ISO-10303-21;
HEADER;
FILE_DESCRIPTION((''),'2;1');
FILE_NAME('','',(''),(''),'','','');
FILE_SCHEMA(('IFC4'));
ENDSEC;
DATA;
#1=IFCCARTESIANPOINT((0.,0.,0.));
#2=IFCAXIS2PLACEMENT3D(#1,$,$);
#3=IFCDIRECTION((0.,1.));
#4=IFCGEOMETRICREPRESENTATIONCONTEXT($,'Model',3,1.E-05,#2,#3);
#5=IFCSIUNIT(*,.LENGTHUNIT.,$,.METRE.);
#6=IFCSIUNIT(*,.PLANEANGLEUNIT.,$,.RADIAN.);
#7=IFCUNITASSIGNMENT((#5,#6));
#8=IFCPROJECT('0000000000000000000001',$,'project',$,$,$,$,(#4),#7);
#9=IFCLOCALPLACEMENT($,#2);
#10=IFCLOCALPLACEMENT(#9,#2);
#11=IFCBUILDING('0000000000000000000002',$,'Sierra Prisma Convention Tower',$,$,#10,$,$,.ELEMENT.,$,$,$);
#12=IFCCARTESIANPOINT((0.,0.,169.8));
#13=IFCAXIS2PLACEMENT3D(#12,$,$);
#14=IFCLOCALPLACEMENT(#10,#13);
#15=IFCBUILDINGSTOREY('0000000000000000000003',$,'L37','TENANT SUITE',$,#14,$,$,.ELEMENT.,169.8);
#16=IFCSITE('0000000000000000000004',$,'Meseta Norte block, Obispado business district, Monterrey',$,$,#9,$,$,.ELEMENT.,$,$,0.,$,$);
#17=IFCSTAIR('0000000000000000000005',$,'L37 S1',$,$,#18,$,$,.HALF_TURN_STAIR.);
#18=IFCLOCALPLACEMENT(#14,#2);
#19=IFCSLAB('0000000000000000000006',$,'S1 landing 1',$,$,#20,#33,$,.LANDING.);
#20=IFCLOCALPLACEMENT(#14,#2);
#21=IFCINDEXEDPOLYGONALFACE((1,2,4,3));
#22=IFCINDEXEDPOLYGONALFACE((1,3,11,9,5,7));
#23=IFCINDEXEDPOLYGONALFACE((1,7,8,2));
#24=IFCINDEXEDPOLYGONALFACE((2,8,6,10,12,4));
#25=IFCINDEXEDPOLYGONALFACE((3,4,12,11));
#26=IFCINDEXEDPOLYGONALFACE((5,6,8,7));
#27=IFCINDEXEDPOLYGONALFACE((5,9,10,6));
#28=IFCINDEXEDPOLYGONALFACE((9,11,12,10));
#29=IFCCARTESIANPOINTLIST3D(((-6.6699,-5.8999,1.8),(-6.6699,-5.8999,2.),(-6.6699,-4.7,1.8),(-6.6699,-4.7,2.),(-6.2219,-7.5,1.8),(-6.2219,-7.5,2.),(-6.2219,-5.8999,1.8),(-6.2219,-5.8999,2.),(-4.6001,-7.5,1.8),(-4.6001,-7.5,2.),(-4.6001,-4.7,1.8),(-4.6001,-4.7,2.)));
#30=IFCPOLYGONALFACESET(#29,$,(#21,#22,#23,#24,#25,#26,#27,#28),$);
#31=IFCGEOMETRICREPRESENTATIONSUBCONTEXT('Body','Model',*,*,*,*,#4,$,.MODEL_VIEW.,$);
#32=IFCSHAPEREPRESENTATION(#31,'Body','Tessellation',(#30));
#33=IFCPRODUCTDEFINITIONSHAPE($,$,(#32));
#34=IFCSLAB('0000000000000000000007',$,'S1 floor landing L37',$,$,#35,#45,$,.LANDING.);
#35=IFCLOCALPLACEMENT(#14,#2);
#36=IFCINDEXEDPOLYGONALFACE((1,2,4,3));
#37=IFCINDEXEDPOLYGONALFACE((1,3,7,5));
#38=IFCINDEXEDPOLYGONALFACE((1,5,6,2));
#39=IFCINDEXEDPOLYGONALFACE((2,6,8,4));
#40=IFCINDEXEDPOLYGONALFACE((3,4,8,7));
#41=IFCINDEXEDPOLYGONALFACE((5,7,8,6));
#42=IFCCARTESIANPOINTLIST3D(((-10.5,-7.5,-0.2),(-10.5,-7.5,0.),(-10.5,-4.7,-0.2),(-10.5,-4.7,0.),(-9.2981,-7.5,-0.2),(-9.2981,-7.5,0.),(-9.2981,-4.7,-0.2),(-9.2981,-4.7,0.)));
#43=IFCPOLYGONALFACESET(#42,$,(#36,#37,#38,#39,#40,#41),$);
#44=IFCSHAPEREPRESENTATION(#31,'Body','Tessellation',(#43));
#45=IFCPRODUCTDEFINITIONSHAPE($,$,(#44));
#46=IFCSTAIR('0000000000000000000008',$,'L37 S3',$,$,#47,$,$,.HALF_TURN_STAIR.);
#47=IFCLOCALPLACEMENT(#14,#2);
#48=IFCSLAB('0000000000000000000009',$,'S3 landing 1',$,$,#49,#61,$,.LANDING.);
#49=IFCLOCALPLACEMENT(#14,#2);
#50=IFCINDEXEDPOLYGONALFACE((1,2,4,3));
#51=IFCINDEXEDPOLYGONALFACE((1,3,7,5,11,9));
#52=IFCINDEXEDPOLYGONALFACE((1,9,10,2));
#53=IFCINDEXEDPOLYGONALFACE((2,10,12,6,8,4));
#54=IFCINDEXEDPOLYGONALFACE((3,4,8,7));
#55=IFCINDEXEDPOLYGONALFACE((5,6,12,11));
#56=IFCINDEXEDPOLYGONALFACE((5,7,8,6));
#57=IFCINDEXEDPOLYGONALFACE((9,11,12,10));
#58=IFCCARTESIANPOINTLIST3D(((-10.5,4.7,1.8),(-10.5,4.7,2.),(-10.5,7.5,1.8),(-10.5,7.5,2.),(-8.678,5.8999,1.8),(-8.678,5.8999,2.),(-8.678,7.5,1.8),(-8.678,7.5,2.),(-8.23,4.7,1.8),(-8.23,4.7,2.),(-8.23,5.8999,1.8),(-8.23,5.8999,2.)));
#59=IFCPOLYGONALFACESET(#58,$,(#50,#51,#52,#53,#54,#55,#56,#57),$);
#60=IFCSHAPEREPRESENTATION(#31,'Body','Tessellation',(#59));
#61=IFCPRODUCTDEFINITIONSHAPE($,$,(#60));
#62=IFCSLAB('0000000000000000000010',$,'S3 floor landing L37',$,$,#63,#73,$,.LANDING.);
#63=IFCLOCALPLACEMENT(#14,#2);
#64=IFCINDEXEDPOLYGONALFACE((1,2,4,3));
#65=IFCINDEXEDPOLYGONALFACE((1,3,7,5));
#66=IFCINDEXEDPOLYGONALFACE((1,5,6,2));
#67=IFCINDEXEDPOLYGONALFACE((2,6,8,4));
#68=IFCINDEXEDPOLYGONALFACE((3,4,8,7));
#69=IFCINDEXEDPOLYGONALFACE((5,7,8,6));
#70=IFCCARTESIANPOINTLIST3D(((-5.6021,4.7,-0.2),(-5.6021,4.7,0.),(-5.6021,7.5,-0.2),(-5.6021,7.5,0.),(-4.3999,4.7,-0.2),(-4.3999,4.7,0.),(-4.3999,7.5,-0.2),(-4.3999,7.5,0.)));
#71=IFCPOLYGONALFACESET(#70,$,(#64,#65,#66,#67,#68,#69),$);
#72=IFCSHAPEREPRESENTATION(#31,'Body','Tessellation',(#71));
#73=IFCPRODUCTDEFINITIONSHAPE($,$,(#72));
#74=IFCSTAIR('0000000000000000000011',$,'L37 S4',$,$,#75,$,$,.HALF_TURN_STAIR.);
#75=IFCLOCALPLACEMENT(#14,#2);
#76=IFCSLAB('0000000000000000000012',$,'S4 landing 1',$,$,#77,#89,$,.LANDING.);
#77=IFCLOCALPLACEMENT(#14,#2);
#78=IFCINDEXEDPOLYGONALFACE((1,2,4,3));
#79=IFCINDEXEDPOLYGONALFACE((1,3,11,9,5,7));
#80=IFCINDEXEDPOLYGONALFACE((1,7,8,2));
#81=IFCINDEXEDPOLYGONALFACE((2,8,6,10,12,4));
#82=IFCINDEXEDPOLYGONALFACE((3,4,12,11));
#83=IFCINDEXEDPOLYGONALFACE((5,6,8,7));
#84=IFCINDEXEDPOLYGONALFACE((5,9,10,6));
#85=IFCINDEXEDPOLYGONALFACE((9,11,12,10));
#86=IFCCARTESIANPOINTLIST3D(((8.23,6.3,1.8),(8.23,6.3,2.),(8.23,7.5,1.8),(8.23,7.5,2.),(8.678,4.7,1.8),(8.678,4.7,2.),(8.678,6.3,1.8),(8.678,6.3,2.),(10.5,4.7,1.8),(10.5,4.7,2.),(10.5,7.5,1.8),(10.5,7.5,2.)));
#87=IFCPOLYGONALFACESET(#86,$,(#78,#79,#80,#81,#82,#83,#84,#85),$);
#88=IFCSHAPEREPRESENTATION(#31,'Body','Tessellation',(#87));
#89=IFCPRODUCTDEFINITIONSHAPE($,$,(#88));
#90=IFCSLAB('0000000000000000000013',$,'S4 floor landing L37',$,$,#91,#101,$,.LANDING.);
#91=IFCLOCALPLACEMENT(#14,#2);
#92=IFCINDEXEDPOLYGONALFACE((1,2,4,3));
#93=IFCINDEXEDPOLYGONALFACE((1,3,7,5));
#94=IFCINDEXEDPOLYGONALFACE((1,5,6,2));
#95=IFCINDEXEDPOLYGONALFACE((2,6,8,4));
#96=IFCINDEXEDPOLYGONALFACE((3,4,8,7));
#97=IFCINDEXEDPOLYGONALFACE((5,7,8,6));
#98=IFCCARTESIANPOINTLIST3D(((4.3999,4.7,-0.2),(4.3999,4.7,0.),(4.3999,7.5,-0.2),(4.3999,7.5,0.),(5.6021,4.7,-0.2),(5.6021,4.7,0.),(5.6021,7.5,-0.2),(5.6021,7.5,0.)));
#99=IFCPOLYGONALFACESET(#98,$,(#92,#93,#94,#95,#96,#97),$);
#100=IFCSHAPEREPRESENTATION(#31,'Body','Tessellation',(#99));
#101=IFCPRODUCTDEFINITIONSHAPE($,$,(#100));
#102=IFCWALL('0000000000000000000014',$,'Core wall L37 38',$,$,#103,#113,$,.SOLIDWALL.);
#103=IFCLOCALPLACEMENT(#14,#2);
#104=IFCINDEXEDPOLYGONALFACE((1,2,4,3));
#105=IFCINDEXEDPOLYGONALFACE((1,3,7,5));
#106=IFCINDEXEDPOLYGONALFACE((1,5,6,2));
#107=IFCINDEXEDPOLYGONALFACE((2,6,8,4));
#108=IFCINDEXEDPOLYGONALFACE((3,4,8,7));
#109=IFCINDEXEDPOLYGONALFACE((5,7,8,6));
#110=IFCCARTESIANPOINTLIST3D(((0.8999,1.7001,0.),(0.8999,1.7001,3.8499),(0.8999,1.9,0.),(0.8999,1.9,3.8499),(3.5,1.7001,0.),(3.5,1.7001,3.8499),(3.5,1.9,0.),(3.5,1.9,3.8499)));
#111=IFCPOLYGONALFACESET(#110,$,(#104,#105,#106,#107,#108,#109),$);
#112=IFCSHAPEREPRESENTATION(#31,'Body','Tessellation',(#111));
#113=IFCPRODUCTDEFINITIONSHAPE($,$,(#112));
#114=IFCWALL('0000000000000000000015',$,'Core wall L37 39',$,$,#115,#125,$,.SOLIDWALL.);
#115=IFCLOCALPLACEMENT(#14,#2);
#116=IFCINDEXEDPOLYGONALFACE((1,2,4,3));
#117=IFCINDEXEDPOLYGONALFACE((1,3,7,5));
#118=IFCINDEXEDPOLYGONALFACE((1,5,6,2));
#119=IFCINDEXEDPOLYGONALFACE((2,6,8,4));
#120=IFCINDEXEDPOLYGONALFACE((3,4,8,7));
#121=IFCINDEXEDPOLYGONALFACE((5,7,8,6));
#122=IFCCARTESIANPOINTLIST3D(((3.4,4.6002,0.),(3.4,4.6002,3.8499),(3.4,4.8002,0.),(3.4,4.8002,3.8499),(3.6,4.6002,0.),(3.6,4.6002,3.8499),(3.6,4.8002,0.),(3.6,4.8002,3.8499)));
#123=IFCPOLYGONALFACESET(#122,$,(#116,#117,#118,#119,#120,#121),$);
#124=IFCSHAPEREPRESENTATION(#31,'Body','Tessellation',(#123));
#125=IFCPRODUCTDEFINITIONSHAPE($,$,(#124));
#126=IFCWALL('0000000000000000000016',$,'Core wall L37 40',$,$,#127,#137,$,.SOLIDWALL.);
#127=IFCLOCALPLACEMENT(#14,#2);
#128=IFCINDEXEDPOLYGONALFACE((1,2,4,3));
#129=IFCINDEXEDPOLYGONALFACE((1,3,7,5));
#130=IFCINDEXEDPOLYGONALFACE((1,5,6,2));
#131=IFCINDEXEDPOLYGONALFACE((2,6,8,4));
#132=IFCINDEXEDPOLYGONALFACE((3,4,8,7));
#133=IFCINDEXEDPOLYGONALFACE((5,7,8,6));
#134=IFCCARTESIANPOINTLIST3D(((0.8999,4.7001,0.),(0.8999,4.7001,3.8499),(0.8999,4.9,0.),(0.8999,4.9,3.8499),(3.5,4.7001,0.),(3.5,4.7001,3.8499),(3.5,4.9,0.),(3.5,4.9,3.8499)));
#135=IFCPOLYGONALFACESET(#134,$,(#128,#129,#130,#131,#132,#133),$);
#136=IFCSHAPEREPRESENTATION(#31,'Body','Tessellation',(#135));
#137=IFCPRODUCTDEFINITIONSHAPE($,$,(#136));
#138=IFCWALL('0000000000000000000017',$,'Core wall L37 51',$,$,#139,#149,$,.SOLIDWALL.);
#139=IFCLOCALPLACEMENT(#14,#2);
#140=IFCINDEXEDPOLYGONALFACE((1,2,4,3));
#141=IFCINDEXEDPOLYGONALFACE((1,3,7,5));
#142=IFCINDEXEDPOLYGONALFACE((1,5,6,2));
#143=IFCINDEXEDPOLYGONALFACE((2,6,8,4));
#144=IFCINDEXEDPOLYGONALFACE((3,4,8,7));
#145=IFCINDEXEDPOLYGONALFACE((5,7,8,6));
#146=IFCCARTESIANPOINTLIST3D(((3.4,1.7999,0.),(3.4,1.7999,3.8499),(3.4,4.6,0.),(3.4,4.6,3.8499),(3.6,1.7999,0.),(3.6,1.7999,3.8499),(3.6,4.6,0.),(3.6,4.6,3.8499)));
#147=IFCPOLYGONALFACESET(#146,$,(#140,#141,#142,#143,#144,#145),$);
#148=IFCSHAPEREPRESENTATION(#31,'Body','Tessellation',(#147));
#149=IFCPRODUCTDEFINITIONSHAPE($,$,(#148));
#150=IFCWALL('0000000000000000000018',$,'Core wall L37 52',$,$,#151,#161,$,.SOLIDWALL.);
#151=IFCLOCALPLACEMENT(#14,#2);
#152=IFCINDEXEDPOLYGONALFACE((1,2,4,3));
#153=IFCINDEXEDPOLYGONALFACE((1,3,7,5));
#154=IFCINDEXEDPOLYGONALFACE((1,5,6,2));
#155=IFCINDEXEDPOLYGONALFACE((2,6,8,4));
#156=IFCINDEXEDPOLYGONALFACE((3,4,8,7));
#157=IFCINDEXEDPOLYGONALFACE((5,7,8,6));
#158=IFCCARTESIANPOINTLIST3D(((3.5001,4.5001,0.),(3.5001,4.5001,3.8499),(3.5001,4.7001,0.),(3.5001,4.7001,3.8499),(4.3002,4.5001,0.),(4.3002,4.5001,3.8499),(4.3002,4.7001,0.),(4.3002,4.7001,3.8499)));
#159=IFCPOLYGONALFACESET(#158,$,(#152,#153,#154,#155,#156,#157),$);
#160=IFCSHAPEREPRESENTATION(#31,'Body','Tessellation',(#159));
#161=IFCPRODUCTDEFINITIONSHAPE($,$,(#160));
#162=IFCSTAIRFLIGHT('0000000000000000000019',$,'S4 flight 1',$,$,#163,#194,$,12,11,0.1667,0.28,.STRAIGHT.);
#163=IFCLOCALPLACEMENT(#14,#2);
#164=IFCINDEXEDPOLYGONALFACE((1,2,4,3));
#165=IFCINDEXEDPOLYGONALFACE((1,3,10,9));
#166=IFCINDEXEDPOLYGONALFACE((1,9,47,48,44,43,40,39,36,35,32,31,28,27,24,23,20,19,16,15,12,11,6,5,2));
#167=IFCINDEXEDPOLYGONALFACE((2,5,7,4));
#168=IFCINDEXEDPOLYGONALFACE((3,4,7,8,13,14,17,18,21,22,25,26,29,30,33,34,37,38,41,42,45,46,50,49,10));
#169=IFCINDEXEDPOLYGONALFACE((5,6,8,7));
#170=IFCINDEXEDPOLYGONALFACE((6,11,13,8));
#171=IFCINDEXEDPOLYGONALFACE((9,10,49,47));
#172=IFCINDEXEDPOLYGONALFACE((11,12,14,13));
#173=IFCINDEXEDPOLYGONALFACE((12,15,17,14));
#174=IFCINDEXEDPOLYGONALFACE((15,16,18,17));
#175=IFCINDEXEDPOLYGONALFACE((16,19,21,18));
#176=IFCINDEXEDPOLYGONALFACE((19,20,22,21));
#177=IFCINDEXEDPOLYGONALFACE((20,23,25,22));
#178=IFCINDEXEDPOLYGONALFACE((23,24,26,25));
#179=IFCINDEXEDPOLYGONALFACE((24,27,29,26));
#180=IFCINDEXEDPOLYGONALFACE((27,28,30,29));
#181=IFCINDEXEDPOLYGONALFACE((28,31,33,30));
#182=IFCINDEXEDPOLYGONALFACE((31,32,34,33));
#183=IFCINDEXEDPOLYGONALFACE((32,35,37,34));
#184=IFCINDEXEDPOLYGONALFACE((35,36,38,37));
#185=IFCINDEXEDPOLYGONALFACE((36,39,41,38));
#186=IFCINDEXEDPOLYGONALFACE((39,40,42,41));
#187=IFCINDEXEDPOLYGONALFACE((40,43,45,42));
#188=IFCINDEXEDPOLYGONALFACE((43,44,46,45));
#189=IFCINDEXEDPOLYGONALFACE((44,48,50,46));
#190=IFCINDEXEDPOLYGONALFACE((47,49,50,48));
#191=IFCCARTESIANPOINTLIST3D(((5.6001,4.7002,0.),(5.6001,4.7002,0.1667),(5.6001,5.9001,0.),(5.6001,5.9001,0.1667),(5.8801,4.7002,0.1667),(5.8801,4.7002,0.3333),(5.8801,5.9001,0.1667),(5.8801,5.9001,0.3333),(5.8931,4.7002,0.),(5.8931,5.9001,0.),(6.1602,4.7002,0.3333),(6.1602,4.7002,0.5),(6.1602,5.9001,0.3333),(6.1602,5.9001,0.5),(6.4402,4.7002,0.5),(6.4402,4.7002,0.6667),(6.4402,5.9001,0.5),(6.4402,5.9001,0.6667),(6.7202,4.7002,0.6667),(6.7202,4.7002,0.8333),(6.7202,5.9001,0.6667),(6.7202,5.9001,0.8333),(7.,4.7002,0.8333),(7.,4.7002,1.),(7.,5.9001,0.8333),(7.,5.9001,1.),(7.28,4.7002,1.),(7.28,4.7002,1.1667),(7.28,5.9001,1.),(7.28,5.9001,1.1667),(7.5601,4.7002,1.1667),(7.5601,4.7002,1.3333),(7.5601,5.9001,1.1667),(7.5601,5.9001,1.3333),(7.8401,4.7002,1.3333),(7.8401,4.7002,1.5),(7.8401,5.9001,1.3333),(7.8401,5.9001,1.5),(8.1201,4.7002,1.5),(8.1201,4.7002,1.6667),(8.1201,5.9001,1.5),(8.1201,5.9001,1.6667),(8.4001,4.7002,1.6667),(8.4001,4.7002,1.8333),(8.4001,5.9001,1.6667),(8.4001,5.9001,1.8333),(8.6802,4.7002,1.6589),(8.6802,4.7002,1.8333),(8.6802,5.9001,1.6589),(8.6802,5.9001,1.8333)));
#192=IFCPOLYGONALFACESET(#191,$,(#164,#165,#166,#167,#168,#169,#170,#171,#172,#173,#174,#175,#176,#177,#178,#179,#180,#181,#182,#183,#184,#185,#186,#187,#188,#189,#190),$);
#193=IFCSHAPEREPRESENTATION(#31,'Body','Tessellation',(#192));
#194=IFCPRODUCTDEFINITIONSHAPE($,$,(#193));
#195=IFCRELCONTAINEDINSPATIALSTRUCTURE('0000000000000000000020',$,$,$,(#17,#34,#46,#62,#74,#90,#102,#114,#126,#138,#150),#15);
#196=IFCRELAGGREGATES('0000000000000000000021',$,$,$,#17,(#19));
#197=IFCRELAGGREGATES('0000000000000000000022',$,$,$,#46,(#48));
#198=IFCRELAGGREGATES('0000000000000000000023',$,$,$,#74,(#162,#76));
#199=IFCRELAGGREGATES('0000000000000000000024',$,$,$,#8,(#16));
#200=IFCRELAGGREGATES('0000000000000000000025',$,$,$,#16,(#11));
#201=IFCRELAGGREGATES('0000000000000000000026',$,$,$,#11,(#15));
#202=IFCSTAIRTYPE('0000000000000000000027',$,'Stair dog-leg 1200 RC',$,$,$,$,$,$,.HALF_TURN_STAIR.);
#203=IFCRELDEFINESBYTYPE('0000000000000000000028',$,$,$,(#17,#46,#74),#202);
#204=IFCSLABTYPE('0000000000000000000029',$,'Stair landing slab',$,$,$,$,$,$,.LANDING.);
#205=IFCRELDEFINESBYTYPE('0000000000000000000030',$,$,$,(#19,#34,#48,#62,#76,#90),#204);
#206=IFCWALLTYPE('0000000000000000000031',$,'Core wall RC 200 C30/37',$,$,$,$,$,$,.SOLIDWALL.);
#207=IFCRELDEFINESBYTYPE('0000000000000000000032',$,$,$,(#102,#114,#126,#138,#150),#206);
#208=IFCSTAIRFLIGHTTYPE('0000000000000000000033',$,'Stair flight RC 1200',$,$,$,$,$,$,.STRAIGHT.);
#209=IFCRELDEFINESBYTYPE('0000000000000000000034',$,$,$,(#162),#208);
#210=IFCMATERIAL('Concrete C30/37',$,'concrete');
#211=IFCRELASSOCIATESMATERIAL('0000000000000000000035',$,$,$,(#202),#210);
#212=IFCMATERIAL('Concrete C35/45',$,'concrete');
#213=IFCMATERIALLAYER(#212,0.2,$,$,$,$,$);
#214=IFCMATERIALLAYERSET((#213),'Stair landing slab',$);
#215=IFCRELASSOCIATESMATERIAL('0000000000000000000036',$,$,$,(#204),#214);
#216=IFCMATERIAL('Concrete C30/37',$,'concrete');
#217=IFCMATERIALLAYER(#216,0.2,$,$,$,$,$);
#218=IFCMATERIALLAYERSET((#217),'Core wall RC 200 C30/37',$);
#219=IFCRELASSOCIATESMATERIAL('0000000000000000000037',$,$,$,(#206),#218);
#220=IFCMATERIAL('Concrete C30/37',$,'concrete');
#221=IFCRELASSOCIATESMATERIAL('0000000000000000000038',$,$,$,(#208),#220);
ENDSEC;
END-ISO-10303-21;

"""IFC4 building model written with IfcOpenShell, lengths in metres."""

from ifc_helpers import new_model, si_unit, direction, frame, frame_2d, origin, place, context, subcontext, project, spatial, polyline, rectangle, outline, extrude, material, layer, layer_set, type_object, element, aggregate, save


model = new_model("IFC4")

# Units and contexts
model_context = context("Model", 3, precision=1e-05, world=origin(), true_north=direction((0.0, 1.0)))
body_context = subcontext(model_context, "Body", "Model", "MODEL_VIEW")
ifc_project = project(units=[si_unit("LENGTHUNIT", "METRE"), si_unit("PLANEANGLEUNIT", "RADIAN")], contexts=[model_context])

# Site, building, storey
site_placement = place(None, origin())
site = spatial("IfcSite", under=ifc_project, at=site_placement, Name="Meseta Norte block, Obispado business district, Monterrey", CompositionType="ELEMENT", RefElevation=0.0)
building_placement = place(site_placement, origin())
building = spatial("IfcBuilding", under=site, at=building_placement, Name="Sierra Prisma Convention Tower", CompositionType="ELEMENT")
storey_placement = place(building_placement, frame((0.0, 0.0, 169.8)))
storey = spatial("IfcBuildingStorey", under=building, at=storey_placement, Name="L37", Description="TENANT SUITE", CompositionType="ELEMENT", Elevation=169.8)

# Stair, slab
ifc_material_1 = material(Name="Concrete C30/37", Category="concrete")
stair_type = type_object("IfcStairType", Name="Stair dog-leg 1200 RC", PredefinedType="HALF_TURN_STAIR", material=ifc_material_1)
stair_1_placement = place(storey_placement, origin())
stair_1 = element("IfcStair", 1, at=stair_1_placement, inside=storey, type_object=stair_type, Name="L37 S1", PredefinedType="HALF_TURN_STAIR")
ifc_material_2 = material(Name="Concrete C35/45", Category="concrete")
ifc_layer_1 = layer(ifc_material_2, 0.2)
ifc_layer_set_1 = layer_set([ifc_layer_1], Name="Stair landing slab")
slab_type = type_object("IfcSlabType", Name="Stair landing slab", PredefinedType="LANDING", material=ifc_layer_set_1)
slab_1_placement = place(storey_placement, frame((0.0, 0.0, 1.8)))
slab_1 = element("IfcSlab", 2, at=slab_1_placement, type_object=slab_type, Name="S1 landing 1", PredefinedType="LANDING", context=body_context, shape_type="SweptSolid", body=[
    extrude(outline(polyline([(-4.6001, -4.7), (-4.6001, -7.5), (-6.2219, -7.5), (-6.2219, -5.8999), (-6.6699, -5.8999), (-6.6699, -4.7), (-4.6001, -4.7)])), origin(), (0.0, 0.0, 1.0), 0.2),
])
aggregate(stair_1, [slab_1])

# Slab
slab_2_placement = place(storey_placement, frame((0.0, 0.0, -0.2)))
element("IfcSlab", 3, at=slab_2_placement, inside=storey, type_object=slab_type, Name="S1 floor landing L37", PredefinedType="LANDING", context=body_context, shape_type="SweptSolid", body=[
    extrude(outline(polyline([(-10.5, -7.5), (-9.2981, -7.5), (-9.2981, -4.7), (-10.5, -4.7), (-10.5, -7.5)])), origin(), (0.0, 0.0, 1.0), 0.2),
])

# Stair, slab
stair_2_placement = place(storey_placement, origin())
stair_2 = element("IfcStair", 4, at=stair_2_placement, inside=storey, type_object=stair_type, Name="L37 S3", PredefinedType="HALF_TURN_STAIR")
slab_3_placement = place(storey_placement, frame((0.0, 0.0, 1.8)))
slab_3 = element("IfcSlab", 5, at=slab_3_placement, type_object=slab_type, Name="S3 landing 1", PredefinedType="LANDING", context=body_context, shape_type="SweptSolid", body=[
    extrude(outline(polyline([(-8.23, 5.8999), (-8.23, 4.7), (-10.5, 4.7), (-10.5, 7.5), (-8.678, 7.5), (-8.678, 5.8999), (-8.23, 5.8999)])), origin(), (0.0, 0.0, 1.0), 0.2),
])
aggregate(stair_2, [slab_3])

# Slab
slab_4_placement = place(storey_placement, frame((0.0, 0.0, -0.2)))
element("IfcSlab", 6, at=slab_4_placement, inside=storey, type_object=slab_type, Name="S3 floor landing L37", PredefinedType="LANDING", context=body_context, shape_type="SweptSolid", body=[
    extrude(outline(polyline([(-4.3999, 7.5), (-5.6021, 7.5), (-5.6021, 4.7), (-4.3999, 4.7), (-4.3999, 7.5)])), origin(), (0.0, 0.0, 1.0), 0.2),
])

# Stair, slab
stair_3_placement = place(storey_placement, origin())
stair_3 = element("IfcStair", 7, at=stair_3_placement, inside=storey, type_object=stair_type, Name="L37 S4", PredefinedType="HALF_TURN_STAIR")
slab_5_placement = place(storey_placement, frame((0.0, 0.0, 1.8)))
slab_5 = element("IfcSlab", 8, at=slab_5_placement, type_object=slab_type, Name="S4 landing 1", PredefinedType="LANDING", context=body_context, shape_type="SweptSolid", body=[
    extrude(outline(polyline([(10.5, 7.5), (10.5, 4.7), (8.678, 4.7), (8.678, 6.3), (8.23, 6.3), (8.23, 7.5), (10.5, 7.5)])), origin(), (0.0, 0.0, 1.0), 0.2),
])

# Slab
slab_6_placement = place(storey_placement, frame((0.0, 0.0, -0.2)))
element("IfcSlab", 9, at=slab_6_placement, inside=storey, type_object=slab_type, Name="S4 floor landing L37", PredefinedType="LANDING", context=body_context, shape_type="SweptSolid", body=[
    extrude(outline(polyline([(4.3999, 4.7), (5.6021, 4.7), (5.6021, 7.5), (4.3999, 7.5), (4.3999, 4.7)])), origin(), (0.0, 0.0, 1.0), 0.2),
])

# Shared definitions
ifc_material_3 = material(Name="Concrete C30/37", Category="concrete")
ifc_layer_2 = layer(ifc_material_3, 0.2)
ifc_layer_set_2 = layer_set([ifc_layer_2], Name="Core wall RC 200 C30/37")
wall_type = type_object("IfcWallType", Name="Core wall RC 200 C30/37", PredefinedType="SOLIDWALL", material=ifc_layer_set_2)

# Walls
wall_1_placement = place(storey_placement, frame((3.5, 1.8, 0.0), z_axis=(0.0, 0.0, 1.0), x_axis=(-1.0, 0.0, 0.0)))
element("IfcWall", 10, at=wall_1_placement, inside=storey, type_object=wall_type, Name="Core wall L37 38", PredefinedType="SOLIDWALL", context=body_context, shape_type="SweptSolid", body=[
    extrude(rectangle(XDim=2.6001, YDim=0.2, at=frame_2d((1.3, 0.0))), origin(), (0.0, 0.0, 1.0), 3.8499),
])
wall_2_placement = place(storey_placement, frame((3.5, 4.6001, 0.0), z_axis=(0.0, 0.0, 1.0), x_axis=(0.0, 1.0, 0.0)))
element("IfcWall", 11, at=wall_2_placement, inside=storey, type_object=wall_type, Name="Core wall L37 39", PredefinedType="SOLIDWALL", context=body_context, shape_type="SweptSolid", body=[
    extrude(rectangle(XDim=0.2, YDim=0.2, at=frame_2d((0.1001, 0.0))), origin(), (0.0, 0.0, 1.0), 3.8499),
])
wall_3_placement = place(storey_placement, frame((3.5, 4.8, 0.0), z_axis=(0.0, 0.0, 1.0), x_axis=(-1.0, 0.0, 0.0)))
element("IfcWall", 12, at=wall_3_placement, inside=storey, type_object=wall_type, Name="Core wall L37 40", PredefinedType="SOLIDWALL", context=body_context, shape_type="SweptSolid", body=[
    extrude(rectangle(XDim=2.6001, YDim=0.2, at=frame_2d((1.3, 0.0))), origin(), (0.0, 0.0, 1.0), 3.8499),
])

# Walls
wall_4_placement = place(storey_placement, frame((3.5, 1.8, 0.0), z_axis=(0.0, 0.0, 1.0), x_axis=(0.0, 1.0, 0.0)))
element("IfcWall", 13, at=wall_4_placement, inside=storey, type_object=wall_type, Name="Core wall L37 51", PredefinedType="SOLIDWALL", context=body_context, shape_type="SweptSolid", body=[
    extrude(rectangle(XDim=2.8, YDim=0.2, at=frame_2d((1.3999, 0.0))), origin(), (0.0, 0.0, 1.0), 3.8499),
])
wall_5_placement = place(storey_placement, frame((4.3, 4.6001, 0.0), z_axis=(0.0, 0.0, 1.0), x_axis=(-1.0, 0.0, 0.0)))
element("IfcWall", 14, at=wall_5_placement, inside=storey, type_object=wall_type, Name="Core wall L37 52", PredefinedType="SOLIDWALL", context=body_context, shape_type="SweptSolid", body=[
    extrude(rectangle(XDim=0.8, YDim=0.2, at=frame_2d((0.3999, 0.0))), origin(), (0.0, 0.0, 1.0), 3.8499),
])

# Stair flight
ifc_material_4 = material(Name="Concrete C30/37", Category="concrete")
stair_flight_type = type_object("IfcStairFlightType", Name="Stair flight RC 1200", PredefinedType="STRAIGHT", material=ifc_material_4)
stair_flight_placement = place(storey_placement, frame((5.6001, 5.3, 0.0), z_axis=(0.0, 0.0, 1.0), x_axis=(1.0, 0.0, 0.0)))
stair_flight = element("IfcStairFlight", 15, at=stair_flight_placement, type_object=stair_flight_type, Name="S4 flight 1", NumberOfRisers=12, NumberOfTreads=11, PredefinedType="STRAIGHT", RiserHeight=0.1667, TreadLength=0.28, context=body_context, shape_type="SweptSolid", body=[
    extrude(outline(polyline([(0.0, 0.0), (0.0, 0.1667), (0.28, 0.1667), (0.28, 0.3333), (0.5601, 0.3333), (0.5601, 0.5), (0.8401, 0.5), (0.8401, 0.6667), (1.1201, 0.6667), (1.1201, 0.8333), (1.3999, 0.8333), (1.3999, 1.0), (1.6799, 1.0), (1.6799, 1.1667), (1.96, 1.1667), (1.96, 1.3333), (2.24, 1.3333), (2.24, 1.5), (2.52, 1.5), (2.52, 1.6667), (2.8, 1.6667), (2.8, 1.8333), (3.0801, 1.8333), (3.0801, 2.0), (3.0801, 1.6589), (0.293, 0.0), (0.0, 0.0)])), frame((0.0, 0.6001, 0.0), z_axis=(0.0, -1.0, 0.0), x_axis=(1.0, 0.0, 0.0)), (0.0, 0.0, 1.0), 1.2),
])
aggregate(stair_3, [stair_flight, slab_5])

save(model, "model.ifc")
